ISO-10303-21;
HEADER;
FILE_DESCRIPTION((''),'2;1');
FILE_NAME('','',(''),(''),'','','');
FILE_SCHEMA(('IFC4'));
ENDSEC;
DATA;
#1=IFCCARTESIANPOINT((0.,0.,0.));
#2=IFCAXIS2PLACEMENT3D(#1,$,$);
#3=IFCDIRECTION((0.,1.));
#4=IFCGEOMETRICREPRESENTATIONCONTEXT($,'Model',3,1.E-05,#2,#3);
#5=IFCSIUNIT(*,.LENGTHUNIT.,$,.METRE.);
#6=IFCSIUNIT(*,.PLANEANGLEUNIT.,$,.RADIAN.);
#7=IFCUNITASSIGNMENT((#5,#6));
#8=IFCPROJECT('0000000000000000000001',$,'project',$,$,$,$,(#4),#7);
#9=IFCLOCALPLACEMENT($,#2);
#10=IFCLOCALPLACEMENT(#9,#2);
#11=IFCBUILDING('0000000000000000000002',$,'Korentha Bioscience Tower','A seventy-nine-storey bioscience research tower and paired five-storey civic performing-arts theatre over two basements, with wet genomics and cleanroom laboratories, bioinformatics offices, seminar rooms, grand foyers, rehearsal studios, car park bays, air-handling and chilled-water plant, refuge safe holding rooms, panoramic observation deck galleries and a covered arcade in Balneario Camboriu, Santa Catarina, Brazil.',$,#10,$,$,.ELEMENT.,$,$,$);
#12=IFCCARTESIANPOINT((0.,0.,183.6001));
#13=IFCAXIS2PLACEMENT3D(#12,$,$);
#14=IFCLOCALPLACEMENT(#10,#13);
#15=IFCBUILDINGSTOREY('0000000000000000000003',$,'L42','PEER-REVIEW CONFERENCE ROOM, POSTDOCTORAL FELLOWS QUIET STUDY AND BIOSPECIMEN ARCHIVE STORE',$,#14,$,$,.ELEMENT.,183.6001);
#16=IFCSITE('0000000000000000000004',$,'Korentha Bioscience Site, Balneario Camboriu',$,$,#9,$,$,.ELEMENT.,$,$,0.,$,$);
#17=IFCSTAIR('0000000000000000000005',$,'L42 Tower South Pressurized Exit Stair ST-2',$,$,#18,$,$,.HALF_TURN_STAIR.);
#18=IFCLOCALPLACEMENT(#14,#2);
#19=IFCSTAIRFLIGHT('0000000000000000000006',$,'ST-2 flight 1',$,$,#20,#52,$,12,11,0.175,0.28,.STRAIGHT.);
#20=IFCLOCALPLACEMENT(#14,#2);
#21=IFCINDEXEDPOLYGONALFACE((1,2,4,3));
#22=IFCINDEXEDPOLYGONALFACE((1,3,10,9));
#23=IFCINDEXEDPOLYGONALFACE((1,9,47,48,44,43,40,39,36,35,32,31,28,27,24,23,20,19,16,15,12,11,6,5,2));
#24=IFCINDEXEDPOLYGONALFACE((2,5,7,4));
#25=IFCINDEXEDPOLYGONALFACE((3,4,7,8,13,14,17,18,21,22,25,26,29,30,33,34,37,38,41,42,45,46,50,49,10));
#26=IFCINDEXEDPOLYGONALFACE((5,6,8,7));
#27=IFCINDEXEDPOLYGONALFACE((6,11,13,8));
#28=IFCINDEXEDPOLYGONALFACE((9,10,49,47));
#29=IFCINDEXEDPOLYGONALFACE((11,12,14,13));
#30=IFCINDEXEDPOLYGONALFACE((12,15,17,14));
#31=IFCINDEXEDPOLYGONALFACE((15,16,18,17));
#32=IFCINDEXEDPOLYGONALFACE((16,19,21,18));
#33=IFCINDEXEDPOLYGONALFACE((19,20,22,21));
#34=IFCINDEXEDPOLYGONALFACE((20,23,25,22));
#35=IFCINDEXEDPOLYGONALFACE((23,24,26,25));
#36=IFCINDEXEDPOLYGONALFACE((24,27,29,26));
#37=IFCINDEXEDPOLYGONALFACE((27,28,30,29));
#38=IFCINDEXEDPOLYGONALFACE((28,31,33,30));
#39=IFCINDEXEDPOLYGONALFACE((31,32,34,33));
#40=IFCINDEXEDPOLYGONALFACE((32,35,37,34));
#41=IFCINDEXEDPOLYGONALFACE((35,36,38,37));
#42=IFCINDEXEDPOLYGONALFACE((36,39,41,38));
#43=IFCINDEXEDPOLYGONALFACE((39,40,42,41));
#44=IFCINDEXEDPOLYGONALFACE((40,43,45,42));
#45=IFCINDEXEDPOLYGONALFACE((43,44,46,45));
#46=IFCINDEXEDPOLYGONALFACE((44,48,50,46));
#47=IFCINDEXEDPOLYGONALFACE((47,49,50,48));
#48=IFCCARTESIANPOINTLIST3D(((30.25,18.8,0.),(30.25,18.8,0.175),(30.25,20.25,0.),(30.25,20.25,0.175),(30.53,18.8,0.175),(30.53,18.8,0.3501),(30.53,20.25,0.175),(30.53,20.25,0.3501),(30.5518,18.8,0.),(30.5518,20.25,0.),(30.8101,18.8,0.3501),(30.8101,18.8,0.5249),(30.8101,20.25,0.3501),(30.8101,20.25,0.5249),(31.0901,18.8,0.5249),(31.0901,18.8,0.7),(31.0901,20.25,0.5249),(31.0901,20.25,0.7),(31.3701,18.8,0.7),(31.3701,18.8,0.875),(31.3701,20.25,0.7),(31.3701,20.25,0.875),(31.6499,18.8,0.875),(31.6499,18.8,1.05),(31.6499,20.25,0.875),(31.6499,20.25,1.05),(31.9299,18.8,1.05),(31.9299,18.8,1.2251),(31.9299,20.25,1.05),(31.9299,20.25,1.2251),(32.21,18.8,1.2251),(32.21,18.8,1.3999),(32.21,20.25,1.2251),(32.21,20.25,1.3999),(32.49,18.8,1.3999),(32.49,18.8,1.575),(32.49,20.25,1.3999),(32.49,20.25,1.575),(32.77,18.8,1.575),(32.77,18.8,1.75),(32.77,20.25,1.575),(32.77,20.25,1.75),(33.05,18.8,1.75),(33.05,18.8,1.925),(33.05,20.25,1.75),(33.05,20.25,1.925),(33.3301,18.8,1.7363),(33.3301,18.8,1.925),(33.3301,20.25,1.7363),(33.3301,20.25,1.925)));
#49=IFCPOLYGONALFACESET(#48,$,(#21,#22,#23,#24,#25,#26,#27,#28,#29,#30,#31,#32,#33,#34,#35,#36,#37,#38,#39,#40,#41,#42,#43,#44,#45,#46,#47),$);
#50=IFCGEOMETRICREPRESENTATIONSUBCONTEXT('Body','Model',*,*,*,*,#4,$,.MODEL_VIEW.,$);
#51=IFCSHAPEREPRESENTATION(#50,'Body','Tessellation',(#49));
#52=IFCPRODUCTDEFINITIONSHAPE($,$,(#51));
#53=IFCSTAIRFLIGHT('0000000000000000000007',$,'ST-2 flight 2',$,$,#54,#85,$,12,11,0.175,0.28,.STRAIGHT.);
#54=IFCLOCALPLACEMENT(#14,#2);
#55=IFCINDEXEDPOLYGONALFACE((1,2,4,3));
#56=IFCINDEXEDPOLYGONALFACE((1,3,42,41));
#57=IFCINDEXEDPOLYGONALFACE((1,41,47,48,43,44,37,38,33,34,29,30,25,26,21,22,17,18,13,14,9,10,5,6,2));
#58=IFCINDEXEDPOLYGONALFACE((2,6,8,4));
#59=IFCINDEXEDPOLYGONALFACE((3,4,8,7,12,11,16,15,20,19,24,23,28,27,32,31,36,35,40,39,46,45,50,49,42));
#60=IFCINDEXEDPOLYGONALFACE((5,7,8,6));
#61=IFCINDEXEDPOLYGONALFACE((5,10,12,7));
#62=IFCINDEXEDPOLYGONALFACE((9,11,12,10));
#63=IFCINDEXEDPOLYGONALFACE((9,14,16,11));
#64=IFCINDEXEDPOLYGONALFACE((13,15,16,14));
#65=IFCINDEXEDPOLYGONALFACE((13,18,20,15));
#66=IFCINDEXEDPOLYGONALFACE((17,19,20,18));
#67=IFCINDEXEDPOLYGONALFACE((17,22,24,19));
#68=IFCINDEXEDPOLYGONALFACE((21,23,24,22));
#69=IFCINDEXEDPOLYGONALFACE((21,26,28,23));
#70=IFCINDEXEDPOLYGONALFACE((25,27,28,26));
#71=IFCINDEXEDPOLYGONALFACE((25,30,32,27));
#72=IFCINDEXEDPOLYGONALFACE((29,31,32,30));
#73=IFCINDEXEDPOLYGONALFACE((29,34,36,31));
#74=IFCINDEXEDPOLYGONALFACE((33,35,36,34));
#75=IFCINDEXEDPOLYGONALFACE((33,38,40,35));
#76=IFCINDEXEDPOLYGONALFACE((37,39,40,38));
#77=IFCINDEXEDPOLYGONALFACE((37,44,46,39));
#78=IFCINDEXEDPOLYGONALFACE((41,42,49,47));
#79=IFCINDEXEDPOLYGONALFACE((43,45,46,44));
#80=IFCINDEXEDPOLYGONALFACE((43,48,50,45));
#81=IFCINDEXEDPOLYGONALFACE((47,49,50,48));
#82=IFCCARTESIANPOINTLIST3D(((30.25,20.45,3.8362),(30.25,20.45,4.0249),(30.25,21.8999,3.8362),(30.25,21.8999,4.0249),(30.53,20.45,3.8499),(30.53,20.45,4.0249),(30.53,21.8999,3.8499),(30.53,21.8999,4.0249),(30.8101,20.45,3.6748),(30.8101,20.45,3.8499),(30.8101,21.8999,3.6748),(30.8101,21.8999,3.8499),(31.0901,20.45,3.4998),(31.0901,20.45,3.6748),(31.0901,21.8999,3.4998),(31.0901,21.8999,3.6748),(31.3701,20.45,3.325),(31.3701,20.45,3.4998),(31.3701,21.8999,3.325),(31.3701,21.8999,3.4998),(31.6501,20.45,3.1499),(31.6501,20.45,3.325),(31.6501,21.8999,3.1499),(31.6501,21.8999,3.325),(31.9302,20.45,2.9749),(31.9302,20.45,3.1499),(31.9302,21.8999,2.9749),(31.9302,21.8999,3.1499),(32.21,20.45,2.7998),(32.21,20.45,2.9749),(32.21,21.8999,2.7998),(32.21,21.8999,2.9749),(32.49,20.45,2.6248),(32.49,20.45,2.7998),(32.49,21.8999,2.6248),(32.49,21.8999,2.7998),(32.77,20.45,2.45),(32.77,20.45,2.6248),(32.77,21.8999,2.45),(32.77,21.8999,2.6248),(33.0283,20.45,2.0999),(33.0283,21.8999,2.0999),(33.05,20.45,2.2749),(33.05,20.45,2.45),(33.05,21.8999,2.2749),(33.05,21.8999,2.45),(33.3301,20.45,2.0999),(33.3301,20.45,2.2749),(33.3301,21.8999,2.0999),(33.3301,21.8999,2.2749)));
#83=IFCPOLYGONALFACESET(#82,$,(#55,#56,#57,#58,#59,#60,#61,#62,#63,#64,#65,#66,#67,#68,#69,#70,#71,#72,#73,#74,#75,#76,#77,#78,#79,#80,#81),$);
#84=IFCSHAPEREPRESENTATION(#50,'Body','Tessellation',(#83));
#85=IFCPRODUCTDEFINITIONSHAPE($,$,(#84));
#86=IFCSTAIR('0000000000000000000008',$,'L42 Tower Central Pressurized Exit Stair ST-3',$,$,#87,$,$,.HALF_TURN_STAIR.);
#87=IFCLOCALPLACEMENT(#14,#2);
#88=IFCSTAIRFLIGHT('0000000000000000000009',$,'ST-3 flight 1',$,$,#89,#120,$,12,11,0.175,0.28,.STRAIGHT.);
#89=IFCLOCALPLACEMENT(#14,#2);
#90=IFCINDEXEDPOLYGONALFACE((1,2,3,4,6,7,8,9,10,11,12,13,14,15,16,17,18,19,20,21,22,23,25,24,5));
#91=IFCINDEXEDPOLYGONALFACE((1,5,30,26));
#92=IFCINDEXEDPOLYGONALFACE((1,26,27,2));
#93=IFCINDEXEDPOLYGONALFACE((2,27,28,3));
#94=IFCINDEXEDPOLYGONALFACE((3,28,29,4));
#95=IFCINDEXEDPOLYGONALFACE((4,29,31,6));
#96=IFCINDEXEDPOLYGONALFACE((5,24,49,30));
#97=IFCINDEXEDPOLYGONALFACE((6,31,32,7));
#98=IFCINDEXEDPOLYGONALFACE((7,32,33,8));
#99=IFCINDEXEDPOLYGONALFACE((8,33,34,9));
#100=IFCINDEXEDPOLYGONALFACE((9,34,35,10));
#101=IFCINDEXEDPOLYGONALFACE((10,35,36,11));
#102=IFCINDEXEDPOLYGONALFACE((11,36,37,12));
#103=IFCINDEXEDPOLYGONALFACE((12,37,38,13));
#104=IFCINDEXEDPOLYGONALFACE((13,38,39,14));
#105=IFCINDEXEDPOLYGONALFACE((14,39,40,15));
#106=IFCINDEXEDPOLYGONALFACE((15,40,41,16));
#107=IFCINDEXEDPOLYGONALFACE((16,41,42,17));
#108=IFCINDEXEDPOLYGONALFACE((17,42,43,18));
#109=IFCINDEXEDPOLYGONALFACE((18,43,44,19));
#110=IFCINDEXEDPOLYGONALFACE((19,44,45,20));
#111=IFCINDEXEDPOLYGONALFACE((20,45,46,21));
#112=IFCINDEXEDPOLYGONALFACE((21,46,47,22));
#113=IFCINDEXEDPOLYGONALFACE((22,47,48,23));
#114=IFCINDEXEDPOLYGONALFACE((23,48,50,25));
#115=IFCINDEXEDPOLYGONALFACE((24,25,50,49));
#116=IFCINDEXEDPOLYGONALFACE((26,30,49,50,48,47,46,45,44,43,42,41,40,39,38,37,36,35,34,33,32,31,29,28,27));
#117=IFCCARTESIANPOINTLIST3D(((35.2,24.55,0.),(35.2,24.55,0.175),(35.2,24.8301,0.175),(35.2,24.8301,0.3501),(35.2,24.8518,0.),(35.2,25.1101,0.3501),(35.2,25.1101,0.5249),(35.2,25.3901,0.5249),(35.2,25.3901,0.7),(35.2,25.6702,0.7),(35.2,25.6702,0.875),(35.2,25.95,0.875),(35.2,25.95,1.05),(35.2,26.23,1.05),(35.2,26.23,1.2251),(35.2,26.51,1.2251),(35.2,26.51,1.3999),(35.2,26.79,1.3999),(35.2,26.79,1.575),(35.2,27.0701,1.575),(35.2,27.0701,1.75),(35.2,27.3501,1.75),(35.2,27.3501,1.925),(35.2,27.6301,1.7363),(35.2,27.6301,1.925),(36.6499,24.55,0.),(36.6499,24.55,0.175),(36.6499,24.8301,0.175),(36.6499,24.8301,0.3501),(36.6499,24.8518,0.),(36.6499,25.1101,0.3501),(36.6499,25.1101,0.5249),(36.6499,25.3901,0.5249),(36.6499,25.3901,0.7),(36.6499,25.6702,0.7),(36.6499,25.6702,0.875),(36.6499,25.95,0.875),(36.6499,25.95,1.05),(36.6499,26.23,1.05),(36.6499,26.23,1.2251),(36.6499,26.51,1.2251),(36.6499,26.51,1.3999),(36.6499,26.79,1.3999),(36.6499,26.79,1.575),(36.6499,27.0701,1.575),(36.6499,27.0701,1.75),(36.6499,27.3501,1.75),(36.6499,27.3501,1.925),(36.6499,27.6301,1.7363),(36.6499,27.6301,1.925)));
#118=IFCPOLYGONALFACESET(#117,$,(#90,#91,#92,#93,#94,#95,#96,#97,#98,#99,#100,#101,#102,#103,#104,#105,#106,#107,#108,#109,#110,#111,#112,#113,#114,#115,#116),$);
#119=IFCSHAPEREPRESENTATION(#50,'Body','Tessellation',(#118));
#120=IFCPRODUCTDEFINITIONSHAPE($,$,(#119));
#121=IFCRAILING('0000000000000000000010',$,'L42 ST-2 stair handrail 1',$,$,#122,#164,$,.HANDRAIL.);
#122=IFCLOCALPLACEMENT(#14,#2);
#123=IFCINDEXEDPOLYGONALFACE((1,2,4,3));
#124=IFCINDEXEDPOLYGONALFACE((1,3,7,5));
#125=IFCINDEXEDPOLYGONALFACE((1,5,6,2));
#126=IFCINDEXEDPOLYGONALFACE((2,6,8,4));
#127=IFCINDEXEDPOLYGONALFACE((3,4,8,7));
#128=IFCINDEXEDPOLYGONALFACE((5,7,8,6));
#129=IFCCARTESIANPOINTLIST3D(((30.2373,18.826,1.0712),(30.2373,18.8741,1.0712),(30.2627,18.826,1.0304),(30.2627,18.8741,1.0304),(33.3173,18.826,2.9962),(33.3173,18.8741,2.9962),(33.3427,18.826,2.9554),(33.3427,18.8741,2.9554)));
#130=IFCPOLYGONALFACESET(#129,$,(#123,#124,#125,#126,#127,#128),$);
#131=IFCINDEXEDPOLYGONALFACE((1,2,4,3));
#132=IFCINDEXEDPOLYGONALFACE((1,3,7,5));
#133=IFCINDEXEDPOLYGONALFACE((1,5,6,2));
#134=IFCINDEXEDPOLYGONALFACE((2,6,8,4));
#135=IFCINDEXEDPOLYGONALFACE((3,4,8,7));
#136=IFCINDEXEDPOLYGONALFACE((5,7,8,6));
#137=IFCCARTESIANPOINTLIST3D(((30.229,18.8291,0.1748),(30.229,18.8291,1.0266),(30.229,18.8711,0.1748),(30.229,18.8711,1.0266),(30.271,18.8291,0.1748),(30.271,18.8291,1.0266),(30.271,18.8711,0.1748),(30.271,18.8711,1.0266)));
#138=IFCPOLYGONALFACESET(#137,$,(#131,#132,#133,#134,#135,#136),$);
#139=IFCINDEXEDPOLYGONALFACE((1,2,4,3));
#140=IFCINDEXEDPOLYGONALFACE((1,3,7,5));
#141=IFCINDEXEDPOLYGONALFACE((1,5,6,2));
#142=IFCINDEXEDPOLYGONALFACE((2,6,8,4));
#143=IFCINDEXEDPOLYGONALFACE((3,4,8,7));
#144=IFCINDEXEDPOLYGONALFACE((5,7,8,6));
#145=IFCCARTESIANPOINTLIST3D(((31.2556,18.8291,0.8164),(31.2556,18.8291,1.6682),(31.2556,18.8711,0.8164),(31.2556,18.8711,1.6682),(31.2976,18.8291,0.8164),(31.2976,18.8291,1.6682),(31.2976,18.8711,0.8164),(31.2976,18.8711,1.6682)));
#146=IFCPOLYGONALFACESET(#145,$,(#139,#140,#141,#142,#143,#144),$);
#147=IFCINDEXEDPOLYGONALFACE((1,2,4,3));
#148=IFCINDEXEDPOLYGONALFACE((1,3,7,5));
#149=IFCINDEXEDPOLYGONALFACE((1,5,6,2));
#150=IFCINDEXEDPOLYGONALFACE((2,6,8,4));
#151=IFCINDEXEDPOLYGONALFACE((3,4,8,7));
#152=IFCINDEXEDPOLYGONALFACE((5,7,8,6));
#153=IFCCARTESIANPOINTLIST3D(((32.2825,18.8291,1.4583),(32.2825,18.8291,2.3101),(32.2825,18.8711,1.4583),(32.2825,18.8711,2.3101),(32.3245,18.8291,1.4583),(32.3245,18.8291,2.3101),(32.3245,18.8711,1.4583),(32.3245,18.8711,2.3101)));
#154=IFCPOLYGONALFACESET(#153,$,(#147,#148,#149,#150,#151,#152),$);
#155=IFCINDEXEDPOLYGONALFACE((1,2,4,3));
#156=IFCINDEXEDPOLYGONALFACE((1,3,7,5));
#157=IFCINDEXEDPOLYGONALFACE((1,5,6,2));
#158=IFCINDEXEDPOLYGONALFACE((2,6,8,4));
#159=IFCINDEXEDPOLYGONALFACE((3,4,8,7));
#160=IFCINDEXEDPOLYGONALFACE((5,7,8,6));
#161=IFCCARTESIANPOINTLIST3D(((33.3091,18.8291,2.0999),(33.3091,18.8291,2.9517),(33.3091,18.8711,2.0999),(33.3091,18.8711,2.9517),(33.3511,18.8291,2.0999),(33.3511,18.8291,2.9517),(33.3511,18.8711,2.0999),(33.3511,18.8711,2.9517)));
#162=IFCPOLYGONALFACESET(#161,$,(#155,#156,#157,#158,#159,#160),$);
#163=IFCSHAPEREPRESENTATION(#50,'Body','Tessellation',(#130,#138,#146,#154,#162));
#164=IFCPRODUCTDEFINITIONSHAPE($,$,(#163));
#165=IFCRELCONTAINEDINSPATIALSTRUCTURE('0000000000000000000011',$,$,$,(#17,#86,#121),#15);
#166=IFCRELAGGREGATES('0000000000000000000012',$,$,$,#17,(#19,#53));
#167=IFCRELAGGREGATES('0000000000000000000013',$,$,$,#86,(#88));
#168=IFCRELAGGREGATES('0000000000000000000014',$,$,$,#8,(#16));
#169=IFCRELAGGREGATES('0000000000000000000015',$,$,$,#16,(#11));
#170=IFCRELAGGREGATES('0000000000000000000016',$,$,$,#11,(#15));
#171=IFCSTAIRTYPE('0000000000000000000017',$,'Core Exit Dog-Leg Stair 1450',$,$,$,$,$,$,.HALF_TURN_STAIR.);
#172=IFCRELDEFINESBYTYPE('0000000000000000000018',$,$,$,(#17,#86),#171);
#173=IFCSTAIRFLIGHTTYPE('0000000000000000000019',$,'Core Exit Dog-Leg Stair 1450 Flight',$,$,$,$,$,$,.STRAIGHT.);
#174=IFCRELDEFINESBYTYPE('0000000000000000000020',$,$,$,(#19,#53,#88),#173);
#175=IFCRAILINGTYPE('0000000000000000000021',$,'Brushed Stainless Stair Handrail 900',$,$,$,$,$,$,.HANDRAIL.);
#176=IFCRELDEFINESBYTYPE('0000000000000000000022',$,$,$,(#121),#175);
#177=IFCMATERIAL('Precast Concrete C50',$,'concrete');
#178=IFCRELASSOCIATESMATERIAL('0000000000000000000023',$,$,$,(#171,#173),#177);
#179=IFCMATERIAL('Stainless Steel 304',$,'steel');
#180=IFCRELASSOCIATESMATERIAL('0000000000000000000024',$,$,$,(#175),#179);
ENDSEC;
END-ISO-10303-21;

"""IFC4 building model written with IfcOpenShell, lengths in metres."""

from ifc_helpers import new_model, si_unit, direction, frame, origin, origin_2d, place, context, subcontext, project, spatial, polyline, rectangle, outline, extrude, material, type_object, element, aggregate, save


model = new_model("IFC4")

# Units and contexts
model_context = context("Model", 3, precision=1e-05, world=origin(), true_north=direction((0.0, 1.0)))
body_context = subcontext(model_context, "Body", "Model", "MODEL_VIEW")
ifc_project = project(units=[si_unit("LENGTHUNIT", "METRE"), si_unit("PLANEANGLEUNIT", "RADIAN")], contexts=[model_context])

# Site, building, storey
site_placement = place(None, origin())
site = spatial("IfcSite", under=ifc_project, at=site_placement, Name="Korentha Bioscience Site, Balneario Camboriu", CompositionType="ELEMENT", RefElevation=0.0)
building_placement = place(site_placement, origin())
building = spatial("IfcBuilding", under=site, at=building_placement, Name="Korentha Bioscience Tower", Description="A seventy-nine-storey bioscience research tower and paired five-storey civic performing-arts theatre over two basements, with wet genomics and cleanroom laboratories, bioinformatics offices, seminar rooms, grand foyers, rehearsal studios, car park bays, air-handling and chilled-water plant, refuge safe holding rooms, panoramic observation deck galleries and a covered arcade in Balneario Camboriu, Santa Catarina, Brazil.", CompositionType="ELEMENT")
storey_placement = place(building_placement, frame((0.0, 0.0, 183.6001)))
storey = spatial("IfcBuildingStorey", under=building, at=storey_placement, Name="L42", Description="PEER-REVIEW CONFERENCE ROOM, POSTDOCTORAL FELLOWS QUIET STUDY AND BIOSPECIMEN ARCHIVE STORE", CompositionType="ELEMENT", Elevation=183.6001)

# Stair, stair flights
ifc_material_1 = material(Name="Precast Concrete C50", Category="concrete")
stair_type = type_object("IfcStairType", Name="Core Exit Dog-Leg Stair 1450", PredefinedType="HALF_TURN_STAIR", material=ifc_material_1)
stair_1_placement = place(storey_placement, origin())
stair_1 = element("IfcStair", 1, at=stair_1_placement, inside=storey, type_object=stair_type, Name="L42 Tower South Pressurized Exit Stair ST-2", PredefinedType="HALF_TURN_STAIR")
stair_flight_type = type_object("IfcStairFlightType", Name="Core Exit Dog-Leg Stair 1450 Flight", PredefinedType="STRAIGHT", material=ifc_material_1)
stair_flight_1_placement = place(storey_placement, frame((30.25, 19.5249, 0.0), z_axis=(0.0, 0.0, 1.0), x_axis=(1.0, 0.0, 0.0)))
stair_flight_1 = element("IfcStairFlight", 2, at=stair_flight_1_placement, type_object=stair_flight_type, Name="ST-2 flight 1", NumberOfRisers=12, NumberOfTreads=11, PredefinedType="STRAIGHT", RiserHeight=0.175, TreadLength=0.28, context=body_context, shape_type="SweptSolid", body=[
    extrude(outline(polyline([(0.0, 0.0), (0.0, 0.175), (0.28, 0.175), (0.28, 0.3501), (0.5601, 0.3501), (0.5601, 0.5249), (0.8401, 0.5249), (0.8401, 0.7), (1.1201, 0.7), (1.1201, 0.875), (1.3999, 0.875), (1.3999, 1.05), (1.6799, 1.05), (1.6799, 1.2251), (1.96, 1.2251), (1.96, 1.3999), (2.24, 1.3999), (2.24, 1.575), (2.52, 1.575), (2.52, 1.75), (2.8, 1.75), (2.8, 1.925), (3.0801, 1.925), (3.0801, 2.1001), (3.0801, 1.7363), (0.3018, 0.0), (0.0, 0.0)])), frame((0.0, 0.7251, 0.0), z_axis=(0.0, -1.0, 0.0), x_axis=(1.0, 0.0, 0.0)), (0.0, 0.0, 1.0), 1.45),
])
stair_flight_2_placement = place(storey_placement, frame((33.3301, 21.175, 2.0999), z_axis=(0.0, 0.0, 1.0), x_axis=(-1.0, 0.0, 0.0)))
stair_flight_2 = element("IfcStairFlight", 3, at=stair_flight_2_placement, type_object=stair_flight_type, Name="ST-2 flight 2", NumberOfRisers=12, NumberOfTreads=11, PredefinedType="STRAIGHT", RiserHeight=0.175, TreadLength=0.28, context=body_context, shape_type="SweptSolid", body=[
    extrude(outline(polyline([(0.0, 0.0), (0.0, 0.175), (0.28, 0.175), (0.28, 0.3501), (0.5601, 0.3501), (0.5601, 0.5249), (0.8401, 0.5249), (0.8401, 0.7), (1.1201, 0.7), (1.1201, 0.875), (1.3999, 0.875), (1.3999, 1.05), (1.6799, 1.05), (1.6799, 1.2251), (1.96, 1.2251), (1.96, 1.3999), (2.24, 1.3999), (2.24, 1.575), (2.52, 1.575), (2.52, 1.75), (2.8, 1.75), (2.8, 1.925), (3.0801, 1.925), (3.0801, 2.1001), (3.0801, 1.7363), (0.3018, 0.0), (0.0, 0.0)])), frame((0.0, 0.7251, 0.0), z_axis=(0.0, -1.0, 0.0), x_axis=(1.0, 0.0, 0.0)), (0.0, 0.0, 1.0), 1.45),
])
aggregate(stair_1, [stair_flight_1, stair_flight_2])

# Stair, stair flight
stair_2_placement = place(storey_placement, origin())
stair_2 = element("IfcStair", 4, at=stair_2_placement, inside=storey, type_object=stair_type, Name="L42 Tower Central Pressurized Exit Stair ST-3", PredefinedType="HALF_TURN_STAIR")
stair_flight_3_placement = place(storey_placement, frame((35.925, 24.55, 0.0), z_axis=(0.0, 0.0, 1.0), x_axis=(0.0, 1.0, 0.0)))
stair_flight_3 = element("IfcStairFlight", 5, at=stair_flight_3_placement, type_object=stair_flight_type, Name="ST-3 flight 1", NumberOfRisers=12, NumberOfTreads=11, PredefinedType="STRAIGHT", RiserHeight=0.175, TreadLength=0.28, context=body_context, shape_type="SweptSolid", body=[
    extrude(outline(polyline([(0.0, 0.0), (0.0, 0.175), (0.28, 0.175), (0.28, 0.3501), (0.5601, 0.3501), (0.5601, 0.5249), (0.8401, 0.5249), (0.8401, 0.7), (1.1201, 0.7), (1.1201, 0.875), (1.3999, 0.875), (1.3999, 1.05), (1.6799, 1.05), (1.6799, 1.2251), (1.96, 1.2251), (1.96, 1.3999), (2.24, 1.3999), (2.24, 1.575), (2.52, 1.575), (2.52, 1.75), (2.8, 1.75), (2.8, 1.925), (3.0801, 1.925), (3.0801, 2.1001), (3.0801, 1.7363), (0.3018, 0.0), (0.0, 0.0)])), frame((0.0, 0.7251, 0.0), z_axis=(0.0, -1.0, 0.0), x_axis=(1.0, 0.0, 0.0)), (0.0, 0.0, 1.0), 1.45),
])
aggregate(stair_2, [stair_flight_3])

# Railing
ifc_material_2 = material(Name="Stainless Steel 304", Category="steel")
railing_type_1 = type_object("IfcRailingType", Name="Brushed Stainless Stair Handrail 900", PredefinedType="HANDRAIL", material=ifc_material_2)
railing_1_placement = place(storey_placement, frame((30.25, 18.8501, 0.1748)))
element("IfcRailing", 6, at=railing_1_placement, inside=storey, type_object=railing_type_1, Name="L42 ST-2 stair handrail 1", PredefinedType="HANDRAIL", context=body_context, shape_type="SweptSolid", body=[
    extrude(rectangle(XDim=0.0481, YDim=0.0481, at=origin_2d()), frame((0.0, 0.0, 0.876), z_axis=(0.847998, 0.0, 0.529999), x_axis=(0.0, 1.0, 0.0)), (0.0, 0.0, 1.0), 3.6321),
    extrude(rectangle(XDim=0.042, YDim=0.042, at=origin_2d()), origin(), (0.0, 0.0, 1.0), 0.8518),
    extrude(rectangle(XDim=0.042, YDim=0.042, at=origin_2d()), frame((1.0266, 0.0, 0.6416)), (0.0, 0.0, 1.0), 0.8518),
    extrude(rectangle(XDim=0.042, YDim=0.042, at=origin_2d()), frame((2.0535, 0.0, 1.2834)), (0.0, 0.0, 1.0), 0.8518),
    extrude(rectangle(XDim=0.042, YDim=0.042, at=origin_2d()), frame((3.0801, 0.0, 1.925)), (0.0, 0.0, 1.0), 0.8518),
])

save(model, "model.ifc")
